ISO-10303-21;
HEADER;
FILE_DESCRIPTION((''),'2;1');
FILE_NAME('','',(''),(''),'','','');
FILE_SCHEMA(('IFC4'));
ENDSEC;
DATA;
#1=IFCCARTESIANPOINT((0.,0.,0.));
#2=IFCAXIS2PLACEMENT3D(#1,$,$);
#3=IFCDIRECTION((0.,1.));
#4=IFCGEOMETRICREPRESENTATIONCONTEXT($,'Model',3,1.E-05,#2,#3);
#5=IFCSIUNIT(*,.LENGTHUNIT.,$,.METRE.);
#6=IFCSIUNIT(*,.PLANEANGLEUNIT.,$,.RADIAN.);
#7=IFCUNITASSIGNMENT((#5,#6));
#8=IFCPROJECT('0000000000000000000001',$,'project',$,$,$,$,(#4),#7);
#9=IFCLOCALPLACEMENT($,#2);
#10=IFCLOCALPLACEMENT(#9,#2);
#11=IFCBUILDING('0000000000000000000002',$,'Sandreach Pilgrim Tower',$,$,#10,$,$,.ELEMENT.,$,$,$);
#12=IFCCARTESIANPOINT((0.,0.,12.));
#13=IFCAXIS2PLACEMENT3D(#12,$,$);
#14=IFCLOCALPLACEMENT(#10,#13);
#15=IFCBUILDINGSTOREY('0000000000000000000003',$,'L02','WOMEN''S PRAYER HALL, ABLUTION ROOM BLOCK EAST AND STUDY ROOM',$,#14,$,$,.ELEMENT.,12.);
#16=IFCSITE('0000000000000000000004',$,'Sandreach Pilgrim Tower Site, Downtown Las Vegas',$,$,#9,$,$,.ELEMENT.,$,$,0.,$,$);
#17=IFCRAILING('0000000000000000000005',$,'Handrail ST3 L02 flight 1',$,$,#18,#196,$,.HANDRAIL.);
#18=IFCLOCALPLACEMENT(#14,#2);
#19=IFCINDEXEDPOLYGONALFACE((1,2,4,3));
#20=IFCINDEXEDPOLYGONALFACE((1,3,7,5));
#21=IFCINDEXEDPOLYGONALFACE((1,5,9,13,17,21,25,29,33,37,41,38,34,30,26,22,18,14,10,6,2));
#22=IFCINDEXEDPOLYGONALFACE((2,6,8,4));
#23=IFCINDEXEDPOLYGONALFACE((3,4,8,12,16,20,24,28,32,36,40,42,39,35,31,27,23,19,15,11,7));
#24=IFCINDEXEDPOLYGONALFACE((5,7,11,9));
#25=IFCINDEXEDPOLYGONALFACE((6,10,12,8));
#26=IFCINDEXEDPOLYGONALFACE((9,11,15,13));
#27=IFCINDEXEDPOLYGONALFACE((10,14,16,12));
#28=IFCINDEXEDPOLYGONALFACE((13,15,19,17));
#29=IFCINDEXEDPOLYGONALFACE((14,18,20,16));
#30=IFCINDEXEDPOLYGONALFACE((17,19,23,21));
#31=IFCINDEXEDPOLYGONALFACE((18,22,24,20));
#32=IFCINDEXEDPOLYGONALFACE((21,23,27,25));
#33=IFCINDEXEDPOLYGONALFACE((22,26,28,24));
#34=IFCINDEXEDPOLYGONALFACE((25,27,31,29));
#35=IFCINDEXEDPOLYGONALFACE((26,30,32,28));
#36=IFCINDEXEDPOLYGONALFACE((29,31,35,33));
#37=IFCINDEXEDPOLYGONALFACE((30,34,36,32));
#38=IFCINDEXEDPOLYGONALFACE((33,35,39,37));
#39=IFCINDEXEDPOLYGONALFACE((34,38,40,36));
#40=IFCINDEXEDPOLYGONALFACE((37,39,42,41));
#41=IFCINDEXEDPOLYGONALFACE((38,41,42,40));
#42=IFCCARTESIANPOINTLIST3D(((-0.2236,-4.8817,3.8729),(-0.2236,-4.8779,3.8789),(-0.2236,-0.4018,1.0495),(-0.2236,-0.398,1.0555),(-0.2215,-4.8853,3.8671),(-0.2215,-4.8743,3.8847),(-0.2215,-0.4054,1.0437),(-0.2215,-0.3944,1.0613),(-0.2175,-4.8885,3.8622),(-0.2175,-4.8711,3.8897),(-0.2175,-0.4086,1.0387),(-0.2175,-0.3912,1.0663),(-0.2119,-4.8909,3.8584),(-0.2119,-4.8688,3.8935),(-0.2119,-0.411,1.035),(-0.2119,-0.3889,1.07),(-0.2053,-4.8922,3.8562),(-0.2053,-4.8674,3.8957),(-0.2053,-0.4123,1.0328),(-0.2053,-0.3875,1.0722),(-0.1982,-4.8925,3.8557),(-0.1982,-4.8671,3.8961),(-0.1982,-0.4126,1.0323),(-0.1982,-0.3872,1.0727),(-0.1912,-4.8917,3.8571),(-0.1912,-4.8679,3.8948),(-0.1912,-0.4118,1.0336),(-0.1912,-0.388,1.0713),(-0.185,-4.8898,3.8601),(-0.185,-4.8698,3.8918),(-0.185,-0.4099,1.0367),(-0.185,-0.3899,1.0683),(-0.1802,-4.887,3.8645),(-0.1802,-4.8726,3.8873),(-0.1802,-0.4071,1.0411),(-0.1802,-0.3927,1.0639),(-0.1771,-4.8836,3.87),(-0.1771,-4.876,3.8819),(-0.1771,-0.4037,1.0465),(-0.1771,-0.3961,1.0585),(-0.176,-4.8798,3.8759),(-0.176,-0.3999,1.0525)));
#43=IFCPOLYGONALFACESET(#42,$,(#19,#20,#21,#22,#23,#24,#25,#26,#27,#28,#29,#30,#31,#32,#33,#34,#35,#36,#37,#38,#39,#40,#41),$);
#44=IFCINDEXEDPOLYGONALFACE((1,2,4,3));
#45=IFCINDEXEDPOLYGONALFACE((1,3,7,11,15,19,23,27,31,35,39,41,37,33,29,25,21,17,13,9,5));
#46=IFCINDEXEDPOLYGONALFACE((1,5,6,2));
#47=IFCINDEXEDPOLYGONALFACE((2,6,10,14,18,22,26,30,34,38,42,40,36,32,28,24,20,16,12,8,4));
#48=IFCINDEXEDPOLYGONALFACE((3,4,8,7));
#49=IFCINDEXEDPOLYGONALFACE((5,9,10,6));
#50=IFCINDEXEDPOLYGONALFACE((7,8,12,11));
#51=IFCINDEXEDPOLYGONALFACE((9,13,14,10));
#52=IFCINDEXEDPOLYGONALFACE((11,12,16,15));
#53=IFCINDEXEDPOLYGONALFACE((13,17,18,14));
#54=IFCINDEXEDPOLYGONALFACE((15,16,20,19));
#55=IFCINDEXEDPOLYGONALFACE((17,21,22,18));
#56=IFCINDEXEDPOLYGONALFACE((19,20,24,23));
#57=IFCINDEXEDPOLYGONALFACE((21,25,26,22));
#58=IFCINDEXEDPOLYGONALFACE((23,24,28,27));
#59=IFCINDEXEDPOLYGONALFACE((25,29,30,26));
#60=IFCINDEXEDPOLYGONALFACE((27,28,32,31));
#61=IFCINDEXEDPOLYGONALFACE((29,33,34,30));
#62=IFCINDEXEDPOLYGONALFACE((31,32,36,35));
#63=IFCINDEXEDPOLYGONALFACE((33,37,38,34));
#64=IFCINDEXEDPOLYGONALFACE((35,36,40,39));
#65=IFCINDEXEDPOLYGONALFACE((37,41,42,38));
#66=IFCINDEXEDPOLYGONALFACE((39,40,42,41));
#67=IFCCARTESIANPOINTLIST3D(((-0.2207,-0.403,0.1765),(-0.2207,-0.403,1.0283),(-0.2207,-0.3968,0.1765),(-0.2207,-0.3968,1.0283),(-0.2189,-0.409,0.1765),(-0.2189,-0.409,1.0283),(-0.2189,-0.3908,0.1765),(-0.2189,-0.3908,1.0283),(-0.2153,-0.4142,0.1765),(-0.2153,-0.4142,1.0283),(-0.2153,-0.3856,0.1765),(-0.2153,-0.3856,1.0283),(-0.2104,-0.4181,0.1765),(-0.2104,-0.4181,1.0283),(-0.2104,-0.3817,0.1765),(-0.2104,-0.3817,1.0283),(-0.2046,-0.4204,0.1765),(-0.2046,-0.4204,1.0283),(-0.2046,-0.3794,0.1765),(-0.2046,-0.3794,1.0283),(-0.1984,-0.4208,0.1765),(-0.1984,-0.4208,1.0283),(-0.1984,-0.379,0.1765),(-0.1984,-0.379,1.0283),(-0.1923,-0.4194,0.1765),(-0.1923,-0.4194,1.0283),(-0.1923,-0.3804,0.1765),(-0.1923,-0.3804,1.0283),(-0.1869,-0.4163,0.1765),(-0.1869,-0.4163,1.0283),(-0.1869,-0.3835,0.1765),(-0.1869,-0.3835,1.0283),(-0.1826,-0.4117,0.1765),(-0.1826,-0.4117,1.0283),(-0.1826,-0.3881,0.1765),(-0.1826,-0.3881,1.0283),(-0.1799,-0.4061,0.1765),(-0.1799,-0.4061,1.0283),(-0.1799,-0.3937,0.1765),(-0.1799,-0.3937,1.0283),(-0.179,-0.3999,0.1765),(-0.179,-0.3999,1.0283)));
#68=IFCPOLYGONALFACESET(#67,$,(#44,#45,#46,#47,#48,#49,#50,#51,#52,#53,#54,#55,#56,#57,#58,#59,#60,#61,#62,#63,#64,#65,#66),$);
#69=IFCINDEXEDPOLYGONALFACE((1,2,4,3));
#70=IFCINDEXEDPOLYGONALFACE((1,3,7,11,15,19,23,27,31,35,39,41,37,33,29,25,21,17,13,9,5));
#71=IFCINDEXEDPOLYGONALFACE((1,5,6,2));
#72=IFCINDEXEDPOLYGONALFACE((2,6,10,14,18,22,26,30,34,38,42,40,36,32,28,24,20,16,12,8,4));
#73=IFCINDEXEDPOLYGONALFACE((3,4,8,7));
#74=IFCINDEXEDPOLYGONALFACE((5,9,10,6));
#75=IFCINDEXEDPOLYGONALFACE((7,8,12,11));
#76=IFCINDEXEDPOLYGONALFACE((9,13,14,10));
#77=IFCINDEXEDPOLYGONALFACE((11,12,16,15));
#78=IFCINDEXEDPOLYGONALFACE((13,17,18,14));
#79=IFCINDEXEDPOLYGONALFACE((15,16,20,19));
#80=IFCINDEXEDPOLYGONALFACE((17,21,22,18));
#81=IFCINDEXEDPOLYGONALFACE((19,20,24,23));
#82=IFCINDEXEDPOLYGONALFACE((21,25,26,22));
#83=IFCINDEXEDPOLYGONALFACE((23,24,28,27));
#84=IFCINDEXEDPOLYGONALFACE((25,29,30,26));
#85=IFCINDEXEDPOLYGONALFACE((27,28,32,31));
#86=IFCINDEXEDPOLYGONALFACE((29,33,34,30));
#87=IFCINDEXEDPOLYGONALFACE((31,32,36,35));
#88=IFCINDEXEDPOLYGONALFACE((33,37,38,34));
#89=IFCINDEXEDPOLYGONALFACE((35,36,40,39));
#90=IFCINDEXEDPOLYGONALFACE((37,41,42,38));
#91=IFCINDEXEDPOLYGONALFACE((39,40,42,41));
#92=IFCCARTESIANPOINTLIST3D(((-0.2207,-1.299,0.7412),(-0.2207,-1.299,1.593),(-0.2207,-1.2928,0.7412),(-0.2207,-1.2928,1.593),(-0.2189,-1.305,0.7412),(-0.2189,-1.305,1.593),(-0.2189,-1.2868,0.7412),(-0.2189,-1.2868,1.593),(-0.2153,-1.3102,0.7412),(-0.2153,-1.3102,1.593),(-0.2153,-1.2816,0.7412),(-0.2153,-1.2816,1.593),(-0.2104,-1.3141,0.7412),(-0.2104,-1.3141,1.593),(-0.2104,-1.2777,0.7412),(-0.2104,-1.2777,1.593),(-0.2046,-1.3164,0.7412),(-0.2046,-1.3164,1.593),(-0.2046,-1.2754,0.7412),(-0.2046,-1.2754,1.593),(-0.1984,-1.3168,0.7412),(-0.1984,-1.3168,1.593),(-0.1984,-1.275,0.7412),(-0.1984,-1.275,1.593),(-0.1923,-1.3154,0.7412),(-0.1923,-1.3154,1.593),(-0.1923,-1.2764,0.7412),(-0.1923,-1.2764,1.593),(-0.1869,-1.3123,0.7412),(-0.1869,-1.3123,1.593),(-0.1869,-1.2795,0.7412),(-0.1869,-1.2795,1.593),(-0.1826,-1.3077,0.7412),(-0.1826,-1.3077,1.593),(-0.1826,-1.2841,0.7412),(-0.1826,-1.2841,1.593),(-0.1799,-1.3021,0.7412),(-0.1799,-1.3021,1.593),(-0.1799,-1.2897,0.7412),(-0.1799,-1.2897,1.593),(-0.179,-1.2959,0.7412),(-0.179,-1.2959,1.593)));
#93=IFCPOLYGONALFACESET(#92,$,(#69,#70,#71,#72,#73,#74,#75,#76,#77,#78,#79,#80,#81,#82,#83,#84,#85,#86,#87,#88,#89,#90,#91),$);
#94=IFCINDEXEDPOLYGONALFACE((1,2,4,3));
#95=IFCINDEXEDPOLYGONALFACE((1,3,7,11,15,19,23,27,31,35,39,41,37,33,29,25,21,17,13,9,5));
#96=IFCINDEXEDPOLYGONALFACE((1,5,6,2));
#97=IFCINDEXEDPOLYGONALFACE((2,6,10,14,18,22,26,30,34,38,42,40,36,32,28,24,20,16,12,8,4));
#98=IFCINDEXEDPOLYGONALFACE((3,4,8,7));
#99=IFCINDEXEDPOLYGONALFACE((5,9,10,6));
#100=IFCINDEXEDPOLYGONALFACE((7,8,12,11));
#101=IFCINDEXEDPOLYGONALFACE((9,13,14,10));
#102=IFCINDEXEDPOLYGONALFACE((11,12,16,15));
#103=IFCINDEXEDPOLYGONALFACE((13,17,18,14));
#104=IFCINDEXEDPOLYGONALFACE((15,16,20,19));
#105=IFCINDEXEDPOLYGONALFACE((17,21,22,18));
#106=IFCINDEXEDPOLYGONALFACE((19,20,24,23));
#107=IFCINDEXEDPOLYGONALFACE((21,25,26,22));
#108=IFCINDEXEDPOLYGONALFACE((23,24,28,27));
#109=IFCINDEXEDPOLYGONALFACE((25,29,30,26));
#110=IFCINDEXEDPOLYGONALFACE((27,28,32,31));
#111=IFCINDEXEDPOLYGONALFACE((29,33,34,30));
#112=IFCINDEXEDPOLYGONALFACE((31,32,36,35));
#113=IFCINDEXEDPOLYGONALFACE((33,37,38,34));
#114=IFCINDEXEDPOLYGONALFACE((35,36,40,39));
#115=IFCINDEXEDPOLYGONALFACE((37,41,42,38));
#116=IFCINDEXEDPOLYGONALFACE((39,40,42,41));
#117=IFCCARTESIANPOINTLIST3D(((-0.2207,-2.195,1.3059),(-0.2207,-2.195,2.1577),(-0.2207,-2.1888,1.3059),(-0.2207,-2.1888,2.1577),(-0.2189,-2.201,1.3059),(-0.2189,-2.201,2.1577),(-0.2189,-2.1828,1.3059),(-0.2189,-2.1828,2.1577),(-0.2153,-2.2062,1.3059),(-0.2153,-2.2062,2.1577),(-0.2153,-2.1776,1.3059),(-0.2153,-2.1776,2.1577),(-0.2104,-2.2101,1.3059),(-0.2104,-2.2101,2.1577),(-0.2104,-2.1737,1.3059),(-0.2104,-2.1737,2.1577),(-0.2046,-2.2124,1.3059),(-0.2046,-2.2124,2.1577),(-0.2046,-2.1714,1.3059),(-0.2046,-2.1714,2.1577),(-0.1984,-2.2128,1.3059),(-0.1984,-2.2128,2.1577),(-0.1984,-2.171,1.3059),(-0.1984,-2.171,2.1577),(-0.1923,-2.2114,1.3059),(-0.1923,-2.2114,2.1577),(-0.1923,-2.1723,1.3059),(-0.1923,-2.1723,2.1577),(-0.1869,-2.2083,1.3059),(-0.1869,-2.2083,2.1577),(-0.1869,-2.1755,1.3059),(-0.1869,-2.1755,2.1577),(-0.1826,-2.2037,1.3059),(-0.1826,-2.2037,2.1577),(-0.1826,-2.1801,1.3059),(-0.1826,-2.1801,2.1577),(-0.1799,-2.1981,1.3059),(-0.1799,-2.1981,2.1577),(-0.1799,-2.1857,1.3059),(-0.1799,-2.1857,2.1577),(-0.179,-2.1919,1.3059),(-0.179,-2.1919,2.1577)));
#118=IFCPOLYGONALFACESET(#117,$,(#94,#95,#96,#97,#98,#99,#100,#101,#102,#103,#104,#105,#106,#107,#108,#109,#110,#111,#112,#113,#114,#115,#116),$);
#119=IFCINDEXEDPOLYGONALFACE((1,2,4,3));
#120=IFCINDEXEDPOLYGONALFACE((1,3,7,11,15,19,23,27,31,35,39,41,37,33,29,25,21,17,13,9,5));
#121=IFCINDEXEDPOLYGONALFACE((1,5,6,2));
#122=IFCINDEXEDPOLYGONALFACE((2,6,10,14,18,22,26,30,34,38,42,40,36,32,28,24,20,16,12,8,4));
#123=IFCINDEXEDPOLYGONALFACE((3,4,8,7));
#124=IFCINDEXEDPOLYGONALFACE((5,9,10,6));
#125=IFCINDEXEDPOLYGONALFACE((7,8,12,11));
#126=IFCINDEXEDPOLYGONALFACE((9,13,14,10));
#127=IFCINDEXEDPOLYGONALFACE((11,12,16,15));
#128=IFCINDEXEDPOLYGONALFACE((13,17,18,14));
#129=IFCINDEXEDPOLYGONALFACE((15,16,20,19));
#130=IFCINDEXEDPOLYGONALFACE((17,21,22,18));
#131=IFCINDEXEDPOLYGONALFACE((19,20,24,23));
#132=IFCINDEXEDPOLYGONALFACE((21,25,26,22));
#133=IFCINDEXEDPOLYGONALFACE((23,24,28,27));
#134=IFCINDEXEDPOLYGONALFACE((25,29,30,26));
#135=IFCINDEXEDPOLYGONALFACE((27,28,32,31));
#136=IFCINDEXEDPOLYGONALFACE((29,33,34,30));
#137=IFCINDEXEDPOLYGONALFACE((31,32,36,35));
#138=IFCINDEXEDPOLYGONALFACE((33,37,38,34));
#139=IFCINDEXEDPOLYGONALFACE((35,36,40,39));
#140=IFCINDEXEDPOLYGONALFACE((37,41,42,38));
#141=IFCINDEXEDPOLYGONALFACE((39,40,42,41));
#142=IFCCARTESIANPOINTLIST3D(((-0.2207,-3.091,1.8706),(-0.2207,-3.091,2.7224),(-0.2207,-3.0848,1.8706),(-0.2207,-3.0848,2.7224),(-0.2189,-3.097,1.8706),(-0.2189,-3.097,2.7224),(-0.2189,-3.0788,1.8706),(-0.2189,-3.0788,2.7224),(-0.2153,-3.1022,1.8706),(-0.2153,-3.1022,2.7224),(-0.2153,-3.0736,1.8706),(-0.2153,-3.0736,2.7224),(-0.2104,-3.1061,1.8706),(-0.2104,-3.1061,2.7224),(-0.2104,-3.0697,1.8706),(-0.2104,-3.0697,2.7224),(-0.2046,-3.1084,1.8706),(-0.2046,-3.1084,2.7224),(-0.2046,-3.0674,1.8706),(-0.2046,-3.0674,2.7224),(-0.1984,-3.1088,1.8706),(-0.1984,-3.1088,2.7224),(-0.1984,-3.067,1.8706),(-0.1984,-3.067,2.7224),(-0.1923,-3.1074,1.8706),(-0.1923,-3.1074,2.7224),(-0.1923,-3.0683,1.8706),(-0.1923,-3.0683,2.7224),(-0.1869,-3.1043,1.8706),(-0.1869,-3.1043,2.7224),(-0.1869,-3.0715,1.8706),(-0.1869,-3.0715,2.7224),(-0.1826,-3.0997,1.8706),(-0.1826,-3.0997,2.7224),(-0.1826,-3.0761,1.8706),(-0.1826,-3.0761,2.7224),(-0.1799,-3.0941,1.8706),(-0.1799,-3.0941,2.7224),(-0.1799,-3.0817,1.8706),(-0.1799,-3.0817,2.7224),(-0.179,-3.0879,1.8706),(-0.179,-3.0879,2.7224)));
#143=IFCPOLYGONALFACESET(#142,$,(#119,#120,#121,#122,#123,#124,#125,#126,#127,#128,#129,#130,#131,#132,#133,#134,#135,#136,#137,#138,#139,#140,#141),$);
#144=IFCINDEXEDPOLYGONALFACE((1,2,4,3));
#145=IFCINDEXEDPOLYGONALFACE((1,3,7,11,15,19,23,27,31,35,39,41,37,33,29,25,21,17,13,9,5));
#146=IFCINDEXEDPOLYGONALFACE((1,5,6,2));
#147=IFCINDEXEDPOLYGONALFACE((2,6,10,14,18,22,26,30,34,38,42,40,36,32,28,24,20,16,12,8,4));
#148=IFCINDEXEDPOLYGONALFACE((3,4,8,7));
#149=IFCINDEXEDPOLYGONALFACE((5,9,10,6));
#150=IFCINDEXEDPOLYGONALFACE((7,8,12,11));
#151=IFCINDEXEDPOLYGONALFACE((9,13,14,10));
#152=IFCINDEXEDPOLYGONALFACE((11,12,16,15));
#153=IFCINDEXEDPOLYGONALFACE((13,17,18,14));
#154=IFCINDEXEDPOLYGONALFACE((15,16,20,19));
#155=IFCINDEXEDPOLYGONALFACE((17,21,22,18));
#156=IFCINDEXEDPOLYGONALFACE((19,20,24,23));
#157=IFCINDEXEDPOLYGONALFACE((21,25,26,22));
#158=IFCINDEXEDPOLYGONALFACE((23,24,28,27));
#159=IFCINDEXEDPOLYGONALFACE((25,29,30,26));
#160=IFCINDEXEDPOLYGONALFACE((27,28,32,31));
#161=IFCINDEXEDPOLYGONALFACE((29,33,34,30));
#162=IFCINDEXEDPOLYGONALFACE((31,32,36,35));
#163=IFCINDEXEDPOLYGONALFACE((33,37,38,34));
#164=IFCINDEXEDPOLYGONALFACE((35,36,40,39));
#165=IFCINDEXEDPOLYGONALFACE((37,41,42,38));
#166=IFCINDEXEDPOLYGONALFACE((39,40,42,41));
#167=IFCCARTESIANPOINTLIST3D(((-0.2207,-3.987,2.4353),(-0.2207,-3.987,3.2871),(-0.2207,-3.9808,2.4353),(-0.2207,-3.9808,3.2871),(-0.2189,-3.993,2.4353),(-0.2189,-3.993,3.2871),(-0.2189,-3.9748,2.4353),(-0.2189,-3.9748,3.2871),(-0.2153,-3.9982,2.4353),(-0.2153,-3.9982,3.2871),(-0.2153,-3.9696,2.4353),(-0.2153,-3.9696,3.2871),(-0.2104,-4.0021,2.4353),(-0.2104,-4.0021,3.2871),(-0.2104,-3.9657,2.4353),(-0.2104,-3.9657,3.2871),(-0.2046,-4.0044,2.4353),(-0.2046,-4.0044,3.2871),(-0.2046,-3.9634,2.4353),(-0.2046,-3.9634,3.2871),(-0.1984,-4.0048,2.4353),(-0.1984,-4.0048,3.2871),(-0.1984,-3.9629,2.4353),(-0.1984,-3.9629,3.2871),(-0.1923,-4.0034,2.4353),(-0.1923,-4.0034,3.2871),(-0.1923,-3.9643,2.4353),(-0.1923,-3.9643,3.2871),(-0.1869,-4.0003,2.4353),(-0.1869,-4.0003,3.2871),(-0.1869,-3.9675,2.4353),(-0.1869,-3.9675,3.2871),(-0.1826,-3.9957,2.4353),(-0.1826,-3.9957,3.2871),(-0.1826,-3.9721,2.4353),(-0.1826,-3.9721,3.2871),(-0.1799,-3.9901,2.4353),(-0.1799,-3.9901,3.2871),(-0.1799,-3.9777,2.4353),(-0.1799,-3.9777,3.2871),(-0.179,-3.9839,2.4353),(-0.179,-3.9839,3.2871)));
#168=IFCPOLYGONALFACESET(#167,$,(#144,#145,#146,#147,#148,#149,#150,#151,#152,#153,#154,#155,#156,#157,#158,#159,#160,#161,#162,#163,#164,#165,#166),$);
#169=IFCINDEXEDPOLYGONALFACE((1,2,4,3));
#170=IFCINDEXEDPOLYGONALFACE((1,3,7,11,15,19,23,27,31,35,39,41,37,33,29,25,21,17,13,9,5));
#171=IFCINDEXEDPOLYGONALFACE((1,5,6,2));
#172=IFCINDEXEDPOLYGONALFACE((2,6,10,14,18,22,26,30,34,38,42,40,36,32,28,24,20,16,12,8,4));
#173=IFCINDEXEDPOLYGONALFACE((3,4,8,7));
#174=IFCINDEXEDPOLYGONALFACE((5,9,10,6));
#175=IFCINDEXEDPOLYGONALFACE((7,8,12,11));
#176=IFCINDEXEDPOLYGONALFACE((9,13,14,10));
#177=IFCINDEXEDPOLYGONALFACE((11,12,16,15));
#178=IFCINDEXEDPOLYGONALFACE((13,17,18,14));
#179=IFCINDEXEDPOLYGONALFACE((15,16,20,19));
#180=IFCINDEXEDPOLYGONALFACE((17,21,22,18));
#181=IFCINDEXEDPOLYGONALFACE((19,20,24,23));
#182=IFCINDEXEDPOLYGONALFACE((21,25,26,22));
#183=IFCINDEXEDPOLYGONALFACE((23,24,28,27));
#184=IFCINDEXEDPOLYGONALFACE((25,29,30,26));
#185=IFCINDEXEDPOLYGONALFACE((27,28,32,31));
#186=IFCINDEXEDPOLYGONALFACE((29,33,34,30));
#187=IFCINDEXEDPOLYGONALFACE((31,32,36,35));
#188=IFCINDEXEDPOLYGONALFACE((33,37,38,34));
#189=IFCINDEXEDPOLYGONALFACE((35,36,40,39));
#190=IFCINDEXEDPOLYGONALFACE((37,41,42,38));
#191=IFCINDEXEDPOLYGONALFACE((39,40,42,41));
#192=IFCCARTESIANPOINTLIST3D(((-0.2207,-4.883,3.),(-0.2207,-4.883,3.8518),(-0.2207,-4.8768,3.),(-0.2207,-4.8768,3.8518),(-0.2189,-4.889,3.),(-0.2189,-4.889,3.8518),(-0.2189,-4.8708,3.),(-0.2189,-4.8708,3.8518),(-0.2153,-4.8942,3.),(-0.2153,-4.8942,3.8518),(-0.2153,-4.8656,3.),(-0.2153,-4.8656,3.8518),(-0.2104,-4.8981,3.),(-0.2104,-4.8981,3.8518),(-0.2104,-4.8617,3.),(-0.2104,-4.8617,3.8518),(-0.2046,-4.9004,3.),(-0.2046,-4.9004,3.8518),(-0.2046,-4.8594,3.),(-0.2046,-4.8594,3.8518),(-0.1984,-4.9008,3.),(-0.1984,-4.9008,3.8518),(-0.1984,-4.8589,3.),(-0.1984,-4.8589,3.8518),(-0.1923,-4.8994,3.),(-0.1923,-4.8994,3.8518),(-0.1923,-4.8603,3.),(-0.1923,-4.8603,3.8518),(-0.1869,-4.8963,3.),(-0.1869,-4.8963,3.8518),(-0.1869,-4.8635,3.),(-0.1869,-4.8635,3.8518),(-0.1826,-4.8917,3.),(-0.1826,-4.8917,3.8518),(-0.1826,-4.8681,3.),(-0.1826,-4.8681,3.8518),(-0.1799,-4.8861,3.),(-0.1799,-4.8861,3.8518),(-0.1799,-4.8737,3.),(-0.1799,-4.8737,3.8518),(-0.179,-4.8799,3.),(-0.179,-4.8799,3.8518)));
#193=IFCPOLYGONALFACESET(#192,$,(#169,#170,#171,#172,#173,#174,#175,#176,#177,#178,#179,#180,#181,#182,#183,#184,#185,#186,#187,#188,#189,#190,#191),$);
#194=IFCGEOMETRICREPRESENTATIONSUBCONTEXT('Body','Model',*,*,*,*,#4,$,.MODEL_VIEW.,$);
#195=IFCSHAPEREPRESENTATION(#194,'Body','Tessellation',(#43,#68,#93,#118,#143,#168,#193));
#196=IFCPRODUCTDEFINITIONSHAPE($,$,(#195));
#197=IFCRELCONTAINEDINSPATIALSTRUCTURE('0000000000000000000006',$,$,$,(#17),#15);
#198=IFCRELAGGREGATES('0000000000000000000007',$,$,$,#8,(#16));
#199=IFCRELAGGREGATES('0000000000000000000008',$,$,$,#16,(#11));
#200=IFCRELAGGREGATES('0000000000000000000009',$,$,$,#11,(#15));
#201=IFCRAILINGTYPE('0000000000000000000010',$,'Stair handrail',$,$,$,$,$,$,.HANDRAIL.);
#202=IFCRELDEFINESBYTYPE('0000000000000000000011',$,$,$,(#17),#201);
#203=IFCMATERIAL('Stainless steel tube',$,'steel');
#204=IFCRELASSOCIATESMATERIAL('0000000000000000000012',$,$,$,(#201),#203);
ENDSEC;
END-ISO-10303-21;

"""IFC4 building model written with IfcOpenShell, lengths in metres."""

from ifc_helpers import new_model, si_unit, direction, frame, origin, origin_2d, place, context, subcontext, project, spatial, circle, extrude, material, type_object, element, save


model = new_model("IFC4")

# Units and contexts
model_context = context("Model", 3, precision=1e-05, world=origin(), true_north=direction((0.0, 1.0)))
body_context = subcontext(model_context, "Body", "Model", "MODEL_VIEW")
ifc_project = project(units=[si_unit("LENGTHUNIT", "METRE"), si_unit("PLANEANGLEUNIT", "RADIAN")], contexts=[model_context])

# Site, building, storey
site_placement = place(None, origin())
site = spatial("IfcSite", under=ifc_project, at=site_placement, Name="Sandreach Pilgrim Tower Site, Downtown Las Vegas", CompositionType="ELEMENT", RefElevation=0.0)
building_placement = place(site_placement, origin())
building = spatial("IfcBuilding", under=site, at=building_placement, Name="Sandreach Pilgrim Tower", CompositionType="ELEMENT")
storey_placement = place(building_placement, frame((0.0, 0.0, 12.0)))
storey = spatial("IfcBuildingStorey", under=building, at=storey_placement, Name="L02", Description="WOMEN'S PRAYER HALL, ABLUTION ROOM BLOCK EAST AND STUDY ROOM", CompositionType="ELEMENT", Elevation=12.0)

# Railing
ifc_material_1 = material(Name="Stainless steel tube", Category="steel")
railing_type = type_object("IfcRailingType", Name="Stair handrail", PredefinedType="HANDRAIL", material=ifc_material_1)
for number, where, name in (
    (1, (-0.2, -0.3999, 0.1765), "Handrail ST3 L02 flight 1"),
):
    element("IfcRailing", number, at=place(storey_placement, frame(where)), inside=storey, type_object=railing_type, Name=name, PredefinedType="HANDRAIL", context=body_context, shape_type="SweptSolid", body=[
        extrude(circle(Radius=0.0239, at=origin_2d()), frame((0.0, 0.0, 0.876), z_axis=(0.0, -0.845998, 0.533186), x_axis=(1.0, 0.0, 0.0)), (0.0, 0.0, 1.0), 5.2954),
        extrude(circle(Radius=0.021, at=origin_2d()), origin(), (0.0, 0.0, 1.0), 0.8518),
        extrude(circle(Radius=0.021, at=origin_2d()), frame((0.0, -0.896, 0.5647)), (0.0, 0.0, 1.0), 0.8518),
        extrude(circle(Radius=0.021, at=origin_2d()), frame((0.0, -1.792, 1.1294)), (0.0, 0.0, 1.0), 0.8518),
        extrude(circle(Radius=0.021, at=origin_2d()), frame((0.0, -2.688, 1.6941)), (0.0, 0.0, 1.0), 0.8518),
        extrude(circle(Radius=0.021, at=origin_2d()), frame((0.0, -3.584, 2.2588)), (0.0, 0.0, 1.0), 0.8518),
        extrude(circle(Radius=0.021, at=origin_2d()), frame((0.0, -4.48, 2.8235)), (0.0, 0.0, 1.0), 0.8518),
    ])

save(model, "model.ifc")
